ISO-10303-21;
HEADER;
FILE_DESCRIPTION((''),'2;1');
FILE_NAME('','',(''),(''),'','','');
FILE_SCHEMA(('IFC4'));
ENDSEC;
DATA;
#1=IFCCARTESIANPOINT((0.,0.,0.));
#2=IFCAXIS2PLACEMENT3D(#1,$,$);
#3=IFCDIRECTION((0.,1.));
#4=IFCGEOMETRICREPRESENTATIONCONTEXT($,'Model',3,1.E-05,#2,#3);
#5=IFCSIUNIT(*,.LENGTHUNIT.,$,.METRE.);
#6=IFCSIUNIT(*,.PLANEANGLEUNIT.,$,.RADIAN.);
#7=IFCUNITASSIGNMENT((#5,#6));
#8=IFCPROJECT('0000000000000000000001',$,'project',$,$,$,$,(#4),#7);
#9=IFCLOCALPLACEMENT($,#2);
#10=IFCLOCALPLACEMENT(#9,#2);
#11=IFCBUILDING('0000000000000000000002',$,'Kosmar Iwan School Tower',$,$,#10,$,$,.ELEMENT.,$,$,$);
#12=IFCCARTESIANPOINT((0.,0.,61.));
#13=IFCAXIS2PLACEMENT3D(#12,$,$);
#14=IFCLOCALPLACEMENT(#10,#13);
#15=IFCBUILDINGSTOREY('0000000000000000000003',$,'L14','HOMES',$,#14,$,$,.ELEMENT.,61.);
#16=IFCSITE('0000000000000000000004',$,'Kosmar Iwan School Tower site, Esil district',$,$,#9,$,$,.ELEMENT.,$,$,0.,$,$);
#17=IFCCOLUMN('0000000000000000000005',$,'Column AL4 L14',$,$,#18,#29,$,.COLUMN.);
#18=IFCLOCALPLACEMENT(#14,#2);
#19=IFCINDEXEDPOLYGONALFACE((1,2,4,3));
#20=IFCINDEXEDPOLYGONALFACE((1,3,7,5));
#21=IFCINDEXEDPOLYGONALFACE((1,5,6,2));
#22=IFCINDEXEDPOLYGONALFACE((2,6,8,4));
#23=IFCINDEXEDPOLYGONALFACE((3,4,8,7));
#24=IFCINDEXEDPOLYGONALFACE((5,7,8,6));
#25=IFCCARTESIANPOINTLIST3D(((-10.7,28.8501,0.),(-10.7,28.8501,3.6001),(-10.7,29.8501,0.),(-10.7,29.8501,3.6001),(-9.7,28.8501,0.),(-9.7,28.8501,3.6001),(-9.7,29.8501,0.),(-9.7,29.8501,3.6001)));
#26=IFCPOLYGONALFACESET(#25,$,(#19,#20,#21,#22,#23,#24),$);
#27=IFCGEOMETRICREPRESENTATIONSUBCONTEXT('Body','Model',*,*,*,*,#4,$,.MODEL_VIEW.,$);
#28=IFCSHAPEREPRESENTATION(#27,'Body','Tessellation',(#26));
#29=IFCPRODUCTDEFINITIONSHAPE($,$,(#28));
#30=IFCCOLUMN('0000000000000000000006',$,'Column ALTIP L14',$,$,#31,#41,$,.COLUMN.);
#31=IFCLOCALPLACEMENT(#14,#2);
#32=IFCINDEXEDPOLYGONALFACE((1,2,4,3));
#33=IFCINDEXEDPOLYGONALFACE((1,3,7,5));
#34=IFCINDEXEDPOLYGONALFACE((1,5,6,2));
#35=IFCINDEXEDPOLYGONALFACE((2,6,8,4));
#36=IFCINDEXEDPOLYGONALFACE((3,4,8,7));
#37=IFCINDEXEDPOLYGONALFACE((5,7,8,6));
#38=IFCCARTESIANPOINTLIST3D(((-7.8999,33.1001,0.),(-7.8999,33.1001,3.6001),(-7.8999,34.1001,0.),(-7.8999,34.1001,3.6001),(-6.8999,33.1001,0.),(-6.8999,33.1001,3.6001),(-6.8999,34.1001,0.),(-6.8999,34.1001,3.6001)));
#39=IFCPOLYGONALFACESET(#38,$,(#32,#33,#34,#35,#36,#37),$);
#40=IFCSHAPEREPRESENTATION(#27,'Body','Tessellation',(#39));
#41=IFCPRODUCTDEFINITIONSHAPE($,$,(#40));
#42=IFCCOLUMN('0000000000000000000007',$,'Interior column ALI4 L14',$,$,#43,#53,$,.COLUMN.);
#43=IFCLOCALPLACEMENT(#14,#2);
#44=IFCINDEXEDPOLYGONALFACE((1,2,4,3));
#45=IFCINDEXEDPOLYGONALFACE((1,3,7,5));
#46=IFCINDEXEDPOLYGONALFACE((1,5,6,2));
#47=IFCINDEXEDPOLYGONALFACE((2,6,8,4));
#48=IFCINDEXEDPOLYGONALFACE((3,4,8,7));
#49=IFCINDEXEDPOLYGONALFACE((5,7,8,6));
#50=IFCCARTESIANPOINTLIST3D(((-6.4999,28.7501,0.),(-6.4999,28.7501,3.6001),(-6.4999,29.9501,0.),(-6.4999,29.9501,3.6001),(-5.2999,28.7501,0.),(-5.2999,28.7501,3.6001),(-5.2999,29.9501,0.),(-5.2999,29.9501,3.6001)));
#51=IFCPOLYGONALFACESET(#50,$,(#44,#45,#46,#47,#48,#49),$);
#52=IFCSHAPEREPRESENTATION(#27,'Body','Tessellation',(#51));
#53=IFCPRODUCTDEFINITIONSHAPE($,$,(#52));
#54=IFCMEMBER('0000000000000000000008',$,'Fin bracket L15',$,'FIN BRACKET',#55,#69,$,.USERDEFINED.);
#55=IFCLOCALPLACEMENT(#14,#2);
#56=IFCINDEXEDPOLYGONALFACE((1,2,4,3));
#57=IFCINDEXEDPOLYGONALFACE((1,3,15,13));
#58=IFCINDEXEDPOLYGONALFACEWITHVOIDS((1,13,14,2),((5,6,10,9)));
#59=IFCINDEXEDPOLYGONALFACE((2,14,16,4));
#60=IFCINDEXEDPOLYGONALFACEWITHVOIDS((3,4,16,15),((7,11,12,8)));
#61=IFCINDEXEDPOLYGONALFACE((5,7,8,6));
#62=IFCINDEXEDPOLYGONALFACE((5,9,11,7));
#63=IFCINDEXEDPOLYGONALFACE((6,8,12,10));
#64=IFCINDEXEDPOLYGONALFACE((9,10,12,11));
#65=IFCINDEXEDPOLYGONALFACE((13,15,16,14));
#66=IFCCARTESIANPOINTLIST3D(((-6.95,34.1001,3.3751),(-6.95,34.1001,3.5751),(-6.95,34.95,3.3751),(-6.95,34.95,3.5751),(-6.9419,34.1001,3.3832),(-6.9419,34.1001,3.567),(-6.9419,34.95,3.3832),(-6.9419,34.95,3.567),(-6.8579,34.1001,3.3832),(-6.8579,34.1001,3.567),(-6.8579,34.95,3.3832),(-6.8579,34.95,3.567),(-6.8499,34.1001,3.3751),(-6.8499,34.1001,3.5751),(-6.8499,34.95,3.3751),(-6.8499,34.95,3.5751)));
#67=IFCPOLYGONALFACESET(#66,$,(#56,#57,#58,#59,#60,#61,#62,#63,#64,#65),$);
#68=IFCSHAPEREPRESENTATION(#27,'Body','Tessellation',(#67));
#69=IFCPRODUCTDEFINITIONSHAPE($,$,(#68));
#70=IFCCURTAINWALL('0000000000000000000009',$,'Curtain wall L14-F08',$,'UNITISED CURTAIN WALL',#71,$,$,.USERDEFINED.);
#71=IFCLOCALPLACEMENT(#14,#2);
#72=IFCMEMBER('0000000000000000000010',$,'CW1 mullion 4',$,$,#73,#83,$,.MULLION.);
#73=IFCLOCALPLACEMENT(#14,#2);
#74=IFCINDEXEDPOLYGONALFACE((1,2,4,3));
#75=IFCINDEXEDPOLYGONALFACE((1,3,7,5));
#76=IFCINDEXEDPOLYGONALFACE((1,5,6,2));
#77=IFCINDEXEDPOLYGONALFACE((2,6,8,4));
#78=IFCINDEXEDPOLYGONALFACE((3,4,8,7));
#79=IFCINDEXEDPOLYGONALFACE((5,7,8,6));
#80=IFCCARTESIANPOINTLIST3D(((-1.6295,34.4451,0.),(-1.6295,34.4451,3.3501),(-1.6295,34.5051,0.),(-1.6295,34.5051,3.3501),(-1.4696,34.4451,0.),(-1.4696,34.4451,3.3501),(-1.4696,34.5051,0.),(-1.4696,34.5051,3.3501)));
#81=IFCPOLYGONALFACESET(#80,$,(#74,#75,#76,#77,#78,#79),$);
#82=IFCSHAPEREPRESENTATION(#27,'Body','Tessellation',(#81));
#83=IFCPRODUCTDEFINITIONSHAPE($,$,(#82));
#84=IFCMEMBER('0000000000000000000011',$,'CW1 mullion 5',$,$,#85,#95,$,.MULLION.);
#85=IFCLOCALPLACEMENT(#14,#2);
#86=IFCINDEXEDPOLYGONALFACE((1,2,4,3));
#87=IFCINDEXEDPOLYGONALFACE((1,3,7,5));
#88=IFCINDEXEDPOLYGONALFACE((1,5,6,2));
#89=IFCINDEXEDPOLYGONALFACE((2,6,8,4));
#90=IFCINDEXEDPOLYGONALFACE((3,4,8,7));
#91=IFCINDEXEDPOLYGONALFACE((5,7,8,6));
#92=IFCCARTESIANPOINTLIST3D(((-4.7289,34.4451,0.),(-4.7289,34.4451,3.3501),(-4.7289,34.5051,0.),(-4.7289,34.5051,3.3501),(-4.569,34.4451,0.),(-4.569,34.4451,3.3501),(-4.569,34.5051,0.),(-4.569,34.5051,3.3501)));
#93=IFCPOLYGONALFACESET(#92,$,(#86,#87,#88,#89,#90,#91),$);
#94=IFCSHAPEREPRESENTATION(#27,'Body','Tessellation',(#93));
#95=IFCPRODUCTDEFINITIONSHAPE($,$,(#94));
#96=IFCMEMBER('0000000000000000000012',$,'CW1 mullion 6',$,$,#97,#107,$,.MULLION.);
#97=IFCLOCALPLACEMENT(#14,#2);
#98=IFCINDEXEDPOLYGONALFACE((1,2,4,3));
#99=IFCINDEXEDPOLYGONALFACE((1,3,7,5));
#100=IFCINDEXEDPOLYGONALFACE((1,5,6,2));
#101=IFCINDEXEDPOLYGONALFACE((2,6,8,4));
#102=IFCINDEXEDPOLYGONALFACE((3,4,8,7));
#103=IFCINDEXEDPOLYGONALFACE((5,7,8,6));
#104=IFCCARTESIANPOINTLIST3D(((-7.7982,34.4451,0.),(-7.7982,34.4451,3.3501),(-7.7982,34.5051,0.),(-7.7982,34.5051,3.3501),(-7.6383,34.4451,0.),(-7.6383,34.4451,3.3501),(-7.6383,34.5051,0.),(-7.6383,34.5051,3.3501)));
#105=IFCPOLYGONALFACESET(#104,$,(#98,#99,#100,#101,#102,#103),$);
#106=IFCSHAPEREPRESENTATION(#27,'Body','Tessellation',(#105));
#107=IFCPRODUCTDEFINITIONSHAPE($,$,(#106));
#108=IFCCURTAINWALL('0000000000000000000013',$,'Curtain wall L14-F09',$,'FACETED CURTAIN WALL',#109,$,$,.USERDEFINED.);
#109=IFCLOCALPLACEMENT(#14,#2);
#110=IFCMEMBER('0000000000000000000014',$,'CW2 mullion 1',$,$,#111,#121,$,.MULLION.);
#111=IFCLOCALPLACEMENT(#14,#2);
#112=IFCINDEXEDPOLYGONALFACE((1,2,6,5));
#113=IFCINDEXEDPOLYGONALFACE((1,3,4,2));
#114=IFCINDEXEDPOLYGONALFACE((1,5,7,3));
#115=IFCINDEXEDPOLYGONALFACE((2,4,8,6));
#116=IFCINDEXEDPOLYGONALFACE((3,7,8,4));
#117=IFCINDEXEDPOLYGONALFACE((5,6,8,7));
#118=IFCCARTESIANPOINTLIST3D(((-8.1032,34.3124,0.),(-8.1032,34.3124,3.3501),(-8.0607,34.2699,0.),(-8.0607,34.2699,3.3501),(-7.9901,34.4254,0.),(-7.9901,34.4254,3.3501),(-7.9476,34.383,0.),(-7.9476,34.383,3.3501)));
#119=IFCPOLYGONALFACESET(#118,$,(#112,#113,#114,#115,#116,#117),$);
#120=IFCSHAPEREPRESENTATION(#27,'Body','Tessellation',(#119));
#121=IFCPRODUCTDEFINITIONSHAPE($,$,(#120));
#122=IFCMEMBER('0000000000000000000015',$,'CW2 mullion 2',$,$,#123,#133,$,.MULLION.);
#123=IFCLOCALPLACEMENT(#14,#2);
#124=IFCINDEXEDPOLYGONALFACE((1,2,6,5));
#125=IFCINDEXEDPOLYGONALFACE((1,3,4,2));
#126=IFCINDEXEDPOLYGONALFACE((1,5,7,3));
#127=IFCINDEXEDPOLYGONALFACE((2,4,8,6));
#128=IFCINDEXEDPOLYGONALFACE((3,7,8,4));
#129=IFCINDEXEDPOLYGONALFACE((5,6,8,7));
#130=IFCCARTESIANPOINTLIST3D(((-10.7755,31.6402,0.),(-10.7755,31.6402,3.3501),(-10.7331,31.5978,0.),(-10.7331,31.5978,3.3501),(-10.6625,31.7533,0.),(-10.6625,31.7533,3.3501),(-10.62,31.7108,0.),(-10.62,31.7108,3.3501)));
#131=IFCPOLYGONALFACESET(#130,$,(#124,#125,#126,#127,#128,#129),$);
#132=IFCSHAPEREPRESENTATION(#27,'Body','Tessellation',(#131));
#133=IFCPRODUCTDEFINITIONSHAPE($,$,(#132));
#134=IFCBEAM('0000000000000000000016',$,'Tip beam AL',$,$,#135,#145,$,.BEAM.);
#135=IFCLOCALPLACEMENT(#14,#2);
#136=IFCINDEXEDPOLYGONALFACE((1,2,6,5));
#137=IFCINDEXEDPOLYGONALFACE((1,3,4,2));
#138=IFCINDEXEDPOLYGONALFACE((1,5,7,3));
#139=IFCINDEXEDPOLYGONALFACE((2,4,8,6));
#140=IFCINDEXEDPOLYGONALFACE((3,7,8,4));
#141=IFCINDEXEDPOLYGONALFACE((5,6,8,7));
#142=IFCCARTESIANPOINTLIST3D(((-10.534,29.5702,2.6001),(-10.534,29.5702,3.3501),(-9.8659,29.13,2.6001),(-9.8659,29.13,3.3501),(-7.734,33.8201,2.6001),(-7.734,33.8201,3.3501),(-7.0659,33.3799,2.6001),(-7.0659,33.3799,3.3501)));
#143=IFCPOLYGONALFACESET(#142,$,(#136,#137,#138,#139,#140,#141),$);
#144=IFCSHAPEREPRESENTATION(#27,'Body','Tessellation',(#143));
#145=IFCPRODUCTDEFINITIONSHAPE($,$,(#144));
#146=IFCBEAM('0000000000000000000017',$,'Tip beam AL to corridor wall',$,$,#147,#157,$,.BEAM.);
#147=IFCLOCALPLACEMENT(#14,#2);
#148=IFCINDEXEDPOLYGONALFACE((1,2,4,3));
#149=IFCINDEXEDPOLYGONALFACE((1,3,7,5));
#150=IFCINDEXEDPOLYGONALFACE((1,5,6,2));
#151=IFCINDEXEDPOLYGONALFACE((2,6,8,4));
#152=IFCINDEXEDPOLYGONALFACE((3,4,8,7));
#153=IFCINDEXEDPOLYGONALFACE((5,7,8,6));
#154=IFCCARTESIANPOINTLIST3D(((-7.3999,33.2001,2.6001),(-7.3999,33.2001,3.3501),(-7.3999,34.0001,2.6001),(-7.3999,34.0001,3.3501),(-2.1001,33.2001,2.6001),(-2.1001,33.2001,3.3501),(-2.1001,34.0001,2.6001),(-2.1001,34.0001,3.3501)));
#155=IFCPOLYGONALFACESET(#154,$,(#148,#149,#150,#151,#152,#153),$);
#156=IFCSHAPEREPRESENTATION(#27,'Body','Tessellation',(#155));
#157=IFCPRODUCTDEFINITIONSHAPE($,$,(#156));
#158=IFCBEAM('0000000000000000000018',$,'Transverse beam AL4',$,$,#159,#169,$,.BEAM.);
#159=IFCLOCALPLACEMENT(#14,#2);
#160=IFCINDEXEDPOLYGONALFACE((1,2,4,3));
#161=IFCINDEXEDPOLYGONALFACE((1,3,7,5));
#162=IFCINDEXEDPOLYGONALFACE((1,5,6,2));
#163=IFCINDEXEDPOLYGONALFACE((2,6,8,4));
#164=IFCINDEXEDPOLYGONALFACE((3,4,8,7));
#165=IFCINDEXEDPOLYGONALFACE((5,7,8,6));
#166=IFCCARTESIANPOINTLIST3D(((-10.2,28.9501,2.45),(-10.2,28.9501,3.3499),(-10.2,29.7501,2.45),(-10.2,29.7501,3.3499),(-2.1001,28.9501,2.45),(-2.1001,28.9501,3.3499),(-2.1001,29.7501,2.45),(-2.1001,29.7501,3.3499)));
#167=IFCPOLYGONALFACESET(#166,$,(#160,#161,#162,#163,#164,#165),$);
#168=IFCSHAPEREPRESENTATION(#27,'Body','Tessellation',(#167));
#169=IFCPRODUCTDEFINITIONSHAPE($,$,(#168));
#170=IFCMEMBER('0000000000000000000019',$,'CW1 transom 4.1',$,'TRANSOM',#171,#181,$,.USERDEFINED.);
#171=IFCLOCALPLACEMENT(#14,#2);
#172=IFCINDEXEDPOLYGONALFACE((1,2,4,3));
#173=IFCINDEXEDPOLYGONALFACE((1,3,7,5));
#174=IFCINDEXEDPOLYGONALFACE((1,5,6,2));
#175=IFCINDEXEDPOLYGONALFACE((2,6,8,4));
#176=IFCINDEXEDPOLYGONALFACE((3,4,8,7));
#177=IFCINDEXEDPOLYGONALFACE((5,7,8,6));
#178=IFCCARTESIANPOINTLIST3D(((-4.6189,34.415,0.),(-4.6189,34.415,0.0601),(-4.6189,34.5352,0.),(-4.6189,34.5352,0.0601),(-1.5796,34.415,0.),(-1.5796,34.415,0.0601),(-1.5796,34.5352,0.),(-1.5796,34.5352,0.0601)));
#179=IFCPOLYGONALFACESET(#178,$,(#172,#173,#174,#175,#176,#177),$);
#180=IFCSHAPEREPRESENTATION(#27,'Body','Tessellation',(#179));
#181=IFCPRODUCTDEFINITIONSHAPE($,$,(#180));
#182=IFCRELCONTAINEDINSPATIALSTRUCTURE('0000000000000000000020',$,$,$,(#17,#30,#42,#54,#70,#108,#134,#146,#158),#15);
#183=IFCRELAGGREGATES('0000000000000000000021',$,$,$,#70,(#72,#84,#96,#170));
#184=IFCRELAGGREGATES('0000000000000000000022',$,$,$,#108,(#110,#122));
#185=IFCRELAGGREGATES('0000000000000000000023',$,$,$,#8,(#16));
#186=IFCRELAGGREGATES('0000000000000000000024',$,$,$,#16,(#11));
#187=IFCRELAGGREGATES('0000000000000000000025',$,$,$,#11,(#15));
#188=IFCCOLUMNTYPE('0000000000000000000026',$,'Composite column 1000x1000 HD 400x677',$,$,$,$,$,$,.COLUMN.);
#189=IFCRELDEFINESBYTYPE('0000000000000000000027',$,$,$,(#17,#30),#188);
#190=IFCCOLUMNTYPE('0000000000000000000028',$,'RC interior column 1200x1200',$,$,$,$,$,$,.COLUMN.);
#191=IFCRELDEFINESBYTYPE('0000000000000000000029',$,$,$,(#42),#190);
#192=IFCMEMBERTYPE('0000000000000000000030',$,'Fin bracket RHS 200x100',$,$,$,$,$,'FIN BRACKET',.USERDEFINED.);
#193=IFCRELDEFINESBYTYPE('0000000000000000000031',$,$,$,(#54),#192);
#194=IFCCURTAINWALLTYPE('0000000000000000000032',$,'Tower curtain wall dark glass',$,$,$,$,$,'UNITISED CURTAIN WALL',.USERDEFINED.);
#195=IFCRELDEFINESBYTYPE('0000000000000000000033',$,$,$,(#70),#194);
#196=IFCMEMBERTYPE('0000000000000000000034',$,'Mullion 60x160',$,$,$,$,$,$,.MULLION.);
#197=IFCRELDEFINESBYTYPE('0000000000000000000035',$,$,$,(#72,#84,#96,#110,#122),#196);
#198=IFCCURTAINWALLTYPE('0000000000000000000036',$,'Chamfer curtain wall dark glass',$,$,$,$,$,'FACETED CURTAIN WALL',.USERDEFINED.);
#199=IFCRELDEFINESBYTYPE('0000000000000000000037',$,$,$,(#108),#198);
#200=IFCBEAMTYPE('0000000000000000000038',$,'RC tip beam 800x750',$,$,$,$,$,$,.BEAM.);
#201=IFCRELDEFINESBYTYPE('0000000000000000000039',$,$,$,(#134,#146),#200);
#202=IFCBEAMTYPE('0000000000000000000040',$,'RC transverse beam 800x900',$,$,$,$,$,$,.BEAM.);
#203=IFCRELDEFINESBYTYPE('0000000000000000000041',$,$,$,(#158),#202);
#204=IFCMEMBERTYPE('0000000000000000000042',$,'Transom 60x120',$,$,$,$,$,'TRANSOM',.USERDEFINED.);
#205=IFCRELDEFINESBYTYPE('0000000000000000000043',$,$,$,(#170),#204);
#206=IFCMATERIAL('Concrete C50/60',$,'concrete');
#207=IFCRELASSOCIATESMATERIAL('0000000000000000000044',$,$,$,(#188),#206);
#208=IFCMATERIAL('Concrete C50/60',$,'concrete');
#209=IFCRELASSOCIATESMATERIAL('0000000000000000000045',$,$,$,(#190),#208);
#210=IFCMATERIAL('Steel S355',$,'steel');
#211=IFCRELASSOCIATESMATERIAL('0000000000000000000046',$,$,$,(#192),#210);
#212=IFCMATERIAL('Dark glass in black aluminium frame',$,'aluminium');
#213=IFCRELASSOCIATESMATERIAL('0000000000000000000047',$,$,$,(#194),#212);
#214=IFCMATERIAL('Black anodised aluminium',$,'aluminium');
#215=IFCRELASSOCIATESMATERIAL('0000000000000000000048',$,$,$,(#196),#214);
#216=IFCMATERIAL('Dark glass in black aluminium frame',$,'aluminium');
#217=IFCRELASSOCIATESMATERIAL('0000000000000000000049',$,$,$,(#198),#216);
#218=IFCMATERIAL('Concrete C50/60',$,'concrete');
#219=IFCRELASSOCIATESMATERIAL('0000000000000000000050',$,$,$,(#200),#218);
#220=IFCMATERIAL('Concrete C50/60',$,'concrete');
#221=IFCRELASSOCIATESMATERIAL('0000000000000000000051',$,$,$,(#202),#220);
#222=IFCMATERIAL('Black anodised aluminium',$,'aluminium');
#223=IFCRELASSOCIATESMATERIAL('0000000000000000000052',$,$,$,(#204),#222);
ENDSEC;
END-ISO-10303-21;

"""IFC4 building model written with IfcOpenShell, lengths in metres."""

from ifc_helpers import new_model, si_unit, direction, frame, origin, origin_2d, place, context, subcontext, project, spatial, rectangle, hollow_rectangle, extrude, material, material_profile, profile_set, type_object, element, aggregate, save


model = new_model("IFC4")

# Units and contexts
model_context = context("Model", 3, precision=1e-05, world=origin(), true_north=direction((0.0, 1.0)))
body_context = subcontext(model_context, "Body", "Model", "MODEL_VIEW")
ifc_project = project(units=[si_unit("LENGTHUNIT", "METRE"), si_unit("PLANEANGLEUNIT", "RADIAN")], contexts=[model_context])

# Site, building, storey
site_placement = place(None, origin())
site = spatial("IfcSite", under=ifc_project, at=site_placement, Name="Kosmar Iwan School Tower site, Esil district", CompositionType="ELEMENT", RefElevation=0.0)
building_placement = place(site_placement, origin())
building = spatial("IfcBuilding", under=site, at=building_placement, Name="Kosmar Iwan School Tower", CompositionType="ELEMENT")
storey_placement = place(building_placement, frame((0.0, 0.0, 61.0)))
storey = spatial("IfcBuildingStorey", under=building, at=storey_placement, Name="L14", Description="HOMES", CompositionType="ELEMENT", Elevation=61.0)

# Columns
ifc_material_1 = material(Name="Concrete C50/60", Category="concrete")
ifc_material_profile_1 = material_profile(ifc_material_1, rectangle(XDim=1.0, YDim=1.0, at=origin_2d()), Name="RC 1000x1000 + HD 400x677")
ifc_profile_set_1 = profile_set([ifc_material_profile_1], Name="Concrete C50/60")
column_type_1 = type_object("IfcColumnType", Name="Composite column 1000x1000 HD 400x677", PredefinedType="COLUMN", material=ifc_profile_set_1)
for number, where, z_axis, x_axis, name in (
    (1, (-10.2, 29.3501, 0.0), (0.0, 0.0, 1.0), (0.0, 1.0, 0.0), "Column AL4 L14"),
    (2, (-7.3999, 33.6001, 0.0), (0.0, 0.0, 1.0), (0.0, 1.0, 0.0), "Column ALTIP L14"),
):
    element("IfcColumn", number, at=place(storey_placement, frame(where, z_axis=z_axis, x_axis=x_axis)), inside=storey, type_object=column_type_1, Name=name, PredefinedType="COLUMN", context=body_context, shape_type="SweptSolid", body=[
        extrude(rectangle(XDim=1.0, YDim=1.0, at=origin_2d()), origin(), (0.0, 0.0, 1.0), 3.6001),
    ])
ifc_material_2 = material(Name="Concrete C50/60", Category="concrete")
ifc_material_profile_2 = material_profile(ifc_material_2, rectangle(XDim=1.2, YDim=1.2, at=origin_2d()), Name="RC 1200x1200")
ifc_profile_set_2 = profile_set([ifc_material_profile_2], Name="Concrete C50/60")
column_type_2 = type_object("IfcColumnType", Name="RC interior column 1200x1200", PredefinedType="COLUMN", material=ifc_profile_set_2)
column_placement = place(storey_placement, frame((-5.8999, 29.3501, 0.0), z_axis=(0.0, 0.0, 1.0), x_axis=(0.0, 1.0, 0.0)))
element("IfcColumn", 3, at=column_placement, inside=storey, type_object=column_type_2, Name="Interior column ALI4 L14", PredefinedType="COLUMN", context=body_context, shape_type="SweptSolid", body=[
    extrude(rectangle(XDim=1.2, YDim=1.2, at=origin_2d()), origin(), (0.0, 0.0, 1.0), 3.6001),
])

# Member
ifc_material_3 = material(Name="Steel S355", Category="steel")
ifc_material_profile_3 = material_profile(ifc_material_3, hollow_rectangle(XDim=0.1001, YDim=0.2, WallThickness=0.0081, at=origin_2d()), Name="RHS 200x100x8")
ifc_profile_set_3 = profile_set([ifc_material_profile_3], Name="Steel S355")
member_type_1 = type_object("IfcMemberType", Name="Fin bracket RHS 200x100", ElementType="FIN BRACKET", PredefinedType="USERDEFINED", material=ifc_profile_set_3)
member_1_placement = place(storey_placement, frame((-6.8999, 34.1001, 3.4751), z_axis=(0.0, 1.0, 0.0), x_axis=(-1.0, 0.0, 0.0)))
element("IfcMember", 4, at=member_1_placement, inside=storey, type_object=member_type_1, Name="Fin bracket L15", ObjectType="FIN BRACKET", PredefinedType="USERDEFINED", context=body_context, shape_type="SweptSolid", body=[
    extrude(hollow_rectangle(XDim=0.1001, YDim=0.2, WallThickness=0.0081, at=origin_2d()), origin(), (0.0, 0.0, 1.0), 0.8499),
])

# Curtain walls, members
ifc_material_4 = material(Name="Dark glass in black aluminium frame", Category="aluminium")
curtain_wall_type_1 = type_object("IfcCurtainWallType", Name="Tower curtain wall dark glass", ElementType="UNITISED CURTAIN WALL", PredefinedType="USERDEFINED", material=ifc_material_4)
curtain_wall_1_placement = place(storey_placement, origin())
curtain_wall_1 = element("IfcCurtainWall", 5, at=curtain_wall_1_placement, inside=storey, type_object=curtain_wall_type_1, Name="Curtain wall L14-F08", ObjectType="UNITISED CURTAIN WALL", PredefinedType="USERDEFINED")
ifc_material_5 = material(Name="Black anodised aluminium", Category="aluminium")
ifc_material_profile_4 = material_profile(ifc_material_5, rectangle(XDim=0.0601, YDim=0.1599, at=origin_2d()), Name="MULLION 60x160")
ifc_profile_set_4 = profile_set([ifc_material_profile_4], Name="Black anodised aluminium")
member_type_2 = type_object("IfcMemberType", Name="Mullion 60x160", PredefinedType="MULLION", material=ifc_profile_set_4)
member_2_placement = place(storey_placement, frame((-1.5496, 34.4751, 0.0), z_axis=(0.0, 0.0, 1.0), x_axis=(0.0, -1.0, 0.0)))
member_2 = element("IfcMember", 6, at=member_2_placement, type_object=member_type_2, Name="CW1 mullion 4", PredefinedType="MULLION", context=body_context, shape_type="SweptSolid", body=[
    extrude(rectangle(XDim=0.0601, YDim=0.1599, at=origin_2d()), origin(), (0.0, 0.0, 1.0), 3.3501),
])
member_3_placement = place(storey_placement, frame((-4.6489, 34.4751, 0.0), z_axis=(0.0, 0.0, 1.0), x_axis=(0.0, -1.0, 0.0)))
member_3 = element("IfcMember", 7, at=member_3_placement, type_object=member_type_2, Name="CW1 mullion 5", PredefinedType="MULLION", context=body_context, shape_type="SweptSolid", body=[
    extrude(rectangle(XDim=0.0601, YDim=0.1599, at=origin_2d()), origin(), (0.0, 0.0, 1.0), 3.3501),
])
member_4_placement = place(storey_placement, frame((-7.7183, 34.4751, 0.0), z_axis=(0.0, 0.0, 1.0), x_axis=(0.0, -1.0, 0.0)))
member_4 = element("IfcMember", 8, at=member_4_placement, type_object=member_type_2, Name="CW1 mullion 6", PredefinedType="MULLION", context=body_context, shape_type="SweptSolid", body=[
    extrude(rectangle(XDim=0.0601, YDim=0.1599, at=origin_2d()), origin(), (0.0, 0.0, 1.0), 3.3501),
])
ifc_material_6 = material(Name="Dark glass in black aluminium frame", Category="aluminium")
curtain_wall_type_2 = type_object("IfcCurtainWallType", Name="Chamfer curtain wall dark glass", ElementType="FACETED CURTAIN WALL", PredefinedType="USERDEFINED", material=ifc_material_6)
curtain_wall_2_placement = place(storey_placement, origin())
curtain_wall_2 = element("IfcCurtainWall", 9, at=curtain_wall_2_placement, inside=storey, type_object=curtain_wall_type_2, Name="Curtain wall L14-F09", ObjectType="FACETED CURTAIN WALL", PredefinedType="USERDEFINED")
member_5_placement = place(storey_placement, frame((-8.0254, 34.3477, 0.0), z_axis=(0.0, 0.0, 1.0), x_axis=(0.707107, -0.707107, 0.0)))
member_5 = element("IfcMember", 10, at=member_5_placement, type_object=member_type_2, Name="CW2 mullion 1", PredefinedType="MULLION", context=body_context, shape_type="SweptSolid", body=[
    extrude(rectangle(XDim=0.0601, YDim=0.1599, at=origin_2d()), origin(), (0.0, 0.0, 1.0), 3.3501),
])
member_6_placement = place(storey_placement, frame((-10.6978, 31.6755, 0.0), z_axis=(0.0, 0.0, 1.0), x_axis=(0.707107, -0.707107, 0.0)))
member_6 = element("IfcMember", 11, at=member_6_placement, type_object=member_type_2, Name="CW2 mullion 2", PredefinedType="MULLION", context=body_context, shape_type="SweptSolid", body=[
    extrude(rectangle(XDim=0.0601, YDim=0.1599, at=origin_2d()), origin(), (0.0, 0.0, 1.0), 3.3501),
])

# Beams
ifc_material_7 = material(Name="Concrete C50/60", Category="concrete")
ifc_material_profile_5 = material_profile(ifc_material_7, rectangle(XDim=0.8, YDim=0.75, at=origin_2d()), Name="RC 800x750")
ifc_profile_set_5 = profile_set([ifc_material_profile_5], Name="Concrete C50/60")
beam_type_1 = type_object("IfcBeamType", Name="RC tip beam 800x750", PredefinedType="BEAM", material=ifc_profile_set_5)
beam_1_placement = place(storey_placement, frame((-10.2, 29.3501, 2.9751), z_axis=(0.550164, 0.835056, 0.0), x_axis=(-0.835056, 0.550164, 0.0)))
element("IfcBeam", 12, at=beam_1_placement, inside=storey, type_object=beam_type_1, Name="Tip beam AL", PredefinedType="BEAM", context=body_context, shape_type="SweptSolid", body=[
    extrude(rectangle(XDim=0.8, YDim=0.75, at=origin_2d()), origin(), (0.0, 0.0, 1.0), 5.0894),
])
beam_2_placement = place(storey_placement, frame((-7.3999, 33.6001, 2.9751), z_axis=(1.0, 0.0, 0.0), x_axis=(0.0, 1.0, 0.0)))
element("IfcBeam", 13, at=beam_2_placement, inside=storey, type_object=beam_type_1, Name="Tip beam AL to corridor wall", PredefinedType="BEAM", context=body_context, shape_type="SweptSolid", body=[
    extrude(rectangle(XDim=0.8, YDim=0.75, at=origin_2d()), origin(), (0.0, 0.0, 1.0), 5.2998),
])
ifc_material_8 = material(Name="Concrete C50/60", Category="concrete")
ifc_material_profile_6 = material_profile(ifc_material_8, rectangle(XDim=0.8, YDim=0.8999, at=origin_2d()), Name="RC 800x900")
ifc_profile_set_6 = profile_set([ifc_material_profile_6], Name="Concrete C50/60")
beam_type_2 = type_object("IfcBeamType", Name="RC transverse beam 800x900", PredefinedType="BEAM", material=ifc_profile_set_6)
beam_3_placement = place(storey_placement, frame((-10.2, 29.3501, 2.8999), z_axis=(1.0, 0.0, 0.0), x_axis=(0.0, 1.0, 0.0)))
element("IfcBeam", 14, at=beam_3_placement, inside=storey, type_object=beam_type_2, Name="Transverse beam AL4", PredefinedType="BEAM", context=body_context, shape_type="SweptSolid", body=[
    extrude(rectangle(XDim=0.8, YDim=0.8999, at=origin_2d()), origin(), (0.0, 0.0, 1.0), 8.0999),
])

# Member
ifc_material_9 = material(Name="Black anodised aluminium", Category="aluminium")
ifc_material_profile_7 = material_profile(ifc_material_9, rectangle(XDim=0.1201, YDim=0.0601, at=origin_2d()), Name="TRANSOM 60x120")
ifc_profile_set_7 = profile_set([ifc_material_profile_7], Name="Black anodised aluminium")
member_type_3 = type_object("IfcMemberType", Name="Transom 60x120", ElementType="TRANSOM", PredefinedType="USERDEFINED", material=ifc_profile_set_7)
member_7_placement = place(storey_placement, frame((-1.5796, 34.4751, 0.03), z_axis=(-1.0, 0.0, 0.0), x_axis=(0.0, -1.0, 0.0)))
member_7 = element("IfcMember", 15, at=member_7_placement, type_object=member_type_3, Name="CW1 transom 4.1", ObjectType="TRANSOM", PredefinedType="USERDEFINED", context=body_context, shape_type="SweptSolid", body=[
    extrude(rectangle(XDim=0.1201, YDim=0.0601, at=origin_2d()), origin(), (0.0, 0.0, 1.0), 3.0393),
])

aggregate(curtain_wall_1, [member_2, member_3, member_4, member_7])
aggregate(curtain_wall_2, [member_5, member_6])

save(model, "model.ifc")
